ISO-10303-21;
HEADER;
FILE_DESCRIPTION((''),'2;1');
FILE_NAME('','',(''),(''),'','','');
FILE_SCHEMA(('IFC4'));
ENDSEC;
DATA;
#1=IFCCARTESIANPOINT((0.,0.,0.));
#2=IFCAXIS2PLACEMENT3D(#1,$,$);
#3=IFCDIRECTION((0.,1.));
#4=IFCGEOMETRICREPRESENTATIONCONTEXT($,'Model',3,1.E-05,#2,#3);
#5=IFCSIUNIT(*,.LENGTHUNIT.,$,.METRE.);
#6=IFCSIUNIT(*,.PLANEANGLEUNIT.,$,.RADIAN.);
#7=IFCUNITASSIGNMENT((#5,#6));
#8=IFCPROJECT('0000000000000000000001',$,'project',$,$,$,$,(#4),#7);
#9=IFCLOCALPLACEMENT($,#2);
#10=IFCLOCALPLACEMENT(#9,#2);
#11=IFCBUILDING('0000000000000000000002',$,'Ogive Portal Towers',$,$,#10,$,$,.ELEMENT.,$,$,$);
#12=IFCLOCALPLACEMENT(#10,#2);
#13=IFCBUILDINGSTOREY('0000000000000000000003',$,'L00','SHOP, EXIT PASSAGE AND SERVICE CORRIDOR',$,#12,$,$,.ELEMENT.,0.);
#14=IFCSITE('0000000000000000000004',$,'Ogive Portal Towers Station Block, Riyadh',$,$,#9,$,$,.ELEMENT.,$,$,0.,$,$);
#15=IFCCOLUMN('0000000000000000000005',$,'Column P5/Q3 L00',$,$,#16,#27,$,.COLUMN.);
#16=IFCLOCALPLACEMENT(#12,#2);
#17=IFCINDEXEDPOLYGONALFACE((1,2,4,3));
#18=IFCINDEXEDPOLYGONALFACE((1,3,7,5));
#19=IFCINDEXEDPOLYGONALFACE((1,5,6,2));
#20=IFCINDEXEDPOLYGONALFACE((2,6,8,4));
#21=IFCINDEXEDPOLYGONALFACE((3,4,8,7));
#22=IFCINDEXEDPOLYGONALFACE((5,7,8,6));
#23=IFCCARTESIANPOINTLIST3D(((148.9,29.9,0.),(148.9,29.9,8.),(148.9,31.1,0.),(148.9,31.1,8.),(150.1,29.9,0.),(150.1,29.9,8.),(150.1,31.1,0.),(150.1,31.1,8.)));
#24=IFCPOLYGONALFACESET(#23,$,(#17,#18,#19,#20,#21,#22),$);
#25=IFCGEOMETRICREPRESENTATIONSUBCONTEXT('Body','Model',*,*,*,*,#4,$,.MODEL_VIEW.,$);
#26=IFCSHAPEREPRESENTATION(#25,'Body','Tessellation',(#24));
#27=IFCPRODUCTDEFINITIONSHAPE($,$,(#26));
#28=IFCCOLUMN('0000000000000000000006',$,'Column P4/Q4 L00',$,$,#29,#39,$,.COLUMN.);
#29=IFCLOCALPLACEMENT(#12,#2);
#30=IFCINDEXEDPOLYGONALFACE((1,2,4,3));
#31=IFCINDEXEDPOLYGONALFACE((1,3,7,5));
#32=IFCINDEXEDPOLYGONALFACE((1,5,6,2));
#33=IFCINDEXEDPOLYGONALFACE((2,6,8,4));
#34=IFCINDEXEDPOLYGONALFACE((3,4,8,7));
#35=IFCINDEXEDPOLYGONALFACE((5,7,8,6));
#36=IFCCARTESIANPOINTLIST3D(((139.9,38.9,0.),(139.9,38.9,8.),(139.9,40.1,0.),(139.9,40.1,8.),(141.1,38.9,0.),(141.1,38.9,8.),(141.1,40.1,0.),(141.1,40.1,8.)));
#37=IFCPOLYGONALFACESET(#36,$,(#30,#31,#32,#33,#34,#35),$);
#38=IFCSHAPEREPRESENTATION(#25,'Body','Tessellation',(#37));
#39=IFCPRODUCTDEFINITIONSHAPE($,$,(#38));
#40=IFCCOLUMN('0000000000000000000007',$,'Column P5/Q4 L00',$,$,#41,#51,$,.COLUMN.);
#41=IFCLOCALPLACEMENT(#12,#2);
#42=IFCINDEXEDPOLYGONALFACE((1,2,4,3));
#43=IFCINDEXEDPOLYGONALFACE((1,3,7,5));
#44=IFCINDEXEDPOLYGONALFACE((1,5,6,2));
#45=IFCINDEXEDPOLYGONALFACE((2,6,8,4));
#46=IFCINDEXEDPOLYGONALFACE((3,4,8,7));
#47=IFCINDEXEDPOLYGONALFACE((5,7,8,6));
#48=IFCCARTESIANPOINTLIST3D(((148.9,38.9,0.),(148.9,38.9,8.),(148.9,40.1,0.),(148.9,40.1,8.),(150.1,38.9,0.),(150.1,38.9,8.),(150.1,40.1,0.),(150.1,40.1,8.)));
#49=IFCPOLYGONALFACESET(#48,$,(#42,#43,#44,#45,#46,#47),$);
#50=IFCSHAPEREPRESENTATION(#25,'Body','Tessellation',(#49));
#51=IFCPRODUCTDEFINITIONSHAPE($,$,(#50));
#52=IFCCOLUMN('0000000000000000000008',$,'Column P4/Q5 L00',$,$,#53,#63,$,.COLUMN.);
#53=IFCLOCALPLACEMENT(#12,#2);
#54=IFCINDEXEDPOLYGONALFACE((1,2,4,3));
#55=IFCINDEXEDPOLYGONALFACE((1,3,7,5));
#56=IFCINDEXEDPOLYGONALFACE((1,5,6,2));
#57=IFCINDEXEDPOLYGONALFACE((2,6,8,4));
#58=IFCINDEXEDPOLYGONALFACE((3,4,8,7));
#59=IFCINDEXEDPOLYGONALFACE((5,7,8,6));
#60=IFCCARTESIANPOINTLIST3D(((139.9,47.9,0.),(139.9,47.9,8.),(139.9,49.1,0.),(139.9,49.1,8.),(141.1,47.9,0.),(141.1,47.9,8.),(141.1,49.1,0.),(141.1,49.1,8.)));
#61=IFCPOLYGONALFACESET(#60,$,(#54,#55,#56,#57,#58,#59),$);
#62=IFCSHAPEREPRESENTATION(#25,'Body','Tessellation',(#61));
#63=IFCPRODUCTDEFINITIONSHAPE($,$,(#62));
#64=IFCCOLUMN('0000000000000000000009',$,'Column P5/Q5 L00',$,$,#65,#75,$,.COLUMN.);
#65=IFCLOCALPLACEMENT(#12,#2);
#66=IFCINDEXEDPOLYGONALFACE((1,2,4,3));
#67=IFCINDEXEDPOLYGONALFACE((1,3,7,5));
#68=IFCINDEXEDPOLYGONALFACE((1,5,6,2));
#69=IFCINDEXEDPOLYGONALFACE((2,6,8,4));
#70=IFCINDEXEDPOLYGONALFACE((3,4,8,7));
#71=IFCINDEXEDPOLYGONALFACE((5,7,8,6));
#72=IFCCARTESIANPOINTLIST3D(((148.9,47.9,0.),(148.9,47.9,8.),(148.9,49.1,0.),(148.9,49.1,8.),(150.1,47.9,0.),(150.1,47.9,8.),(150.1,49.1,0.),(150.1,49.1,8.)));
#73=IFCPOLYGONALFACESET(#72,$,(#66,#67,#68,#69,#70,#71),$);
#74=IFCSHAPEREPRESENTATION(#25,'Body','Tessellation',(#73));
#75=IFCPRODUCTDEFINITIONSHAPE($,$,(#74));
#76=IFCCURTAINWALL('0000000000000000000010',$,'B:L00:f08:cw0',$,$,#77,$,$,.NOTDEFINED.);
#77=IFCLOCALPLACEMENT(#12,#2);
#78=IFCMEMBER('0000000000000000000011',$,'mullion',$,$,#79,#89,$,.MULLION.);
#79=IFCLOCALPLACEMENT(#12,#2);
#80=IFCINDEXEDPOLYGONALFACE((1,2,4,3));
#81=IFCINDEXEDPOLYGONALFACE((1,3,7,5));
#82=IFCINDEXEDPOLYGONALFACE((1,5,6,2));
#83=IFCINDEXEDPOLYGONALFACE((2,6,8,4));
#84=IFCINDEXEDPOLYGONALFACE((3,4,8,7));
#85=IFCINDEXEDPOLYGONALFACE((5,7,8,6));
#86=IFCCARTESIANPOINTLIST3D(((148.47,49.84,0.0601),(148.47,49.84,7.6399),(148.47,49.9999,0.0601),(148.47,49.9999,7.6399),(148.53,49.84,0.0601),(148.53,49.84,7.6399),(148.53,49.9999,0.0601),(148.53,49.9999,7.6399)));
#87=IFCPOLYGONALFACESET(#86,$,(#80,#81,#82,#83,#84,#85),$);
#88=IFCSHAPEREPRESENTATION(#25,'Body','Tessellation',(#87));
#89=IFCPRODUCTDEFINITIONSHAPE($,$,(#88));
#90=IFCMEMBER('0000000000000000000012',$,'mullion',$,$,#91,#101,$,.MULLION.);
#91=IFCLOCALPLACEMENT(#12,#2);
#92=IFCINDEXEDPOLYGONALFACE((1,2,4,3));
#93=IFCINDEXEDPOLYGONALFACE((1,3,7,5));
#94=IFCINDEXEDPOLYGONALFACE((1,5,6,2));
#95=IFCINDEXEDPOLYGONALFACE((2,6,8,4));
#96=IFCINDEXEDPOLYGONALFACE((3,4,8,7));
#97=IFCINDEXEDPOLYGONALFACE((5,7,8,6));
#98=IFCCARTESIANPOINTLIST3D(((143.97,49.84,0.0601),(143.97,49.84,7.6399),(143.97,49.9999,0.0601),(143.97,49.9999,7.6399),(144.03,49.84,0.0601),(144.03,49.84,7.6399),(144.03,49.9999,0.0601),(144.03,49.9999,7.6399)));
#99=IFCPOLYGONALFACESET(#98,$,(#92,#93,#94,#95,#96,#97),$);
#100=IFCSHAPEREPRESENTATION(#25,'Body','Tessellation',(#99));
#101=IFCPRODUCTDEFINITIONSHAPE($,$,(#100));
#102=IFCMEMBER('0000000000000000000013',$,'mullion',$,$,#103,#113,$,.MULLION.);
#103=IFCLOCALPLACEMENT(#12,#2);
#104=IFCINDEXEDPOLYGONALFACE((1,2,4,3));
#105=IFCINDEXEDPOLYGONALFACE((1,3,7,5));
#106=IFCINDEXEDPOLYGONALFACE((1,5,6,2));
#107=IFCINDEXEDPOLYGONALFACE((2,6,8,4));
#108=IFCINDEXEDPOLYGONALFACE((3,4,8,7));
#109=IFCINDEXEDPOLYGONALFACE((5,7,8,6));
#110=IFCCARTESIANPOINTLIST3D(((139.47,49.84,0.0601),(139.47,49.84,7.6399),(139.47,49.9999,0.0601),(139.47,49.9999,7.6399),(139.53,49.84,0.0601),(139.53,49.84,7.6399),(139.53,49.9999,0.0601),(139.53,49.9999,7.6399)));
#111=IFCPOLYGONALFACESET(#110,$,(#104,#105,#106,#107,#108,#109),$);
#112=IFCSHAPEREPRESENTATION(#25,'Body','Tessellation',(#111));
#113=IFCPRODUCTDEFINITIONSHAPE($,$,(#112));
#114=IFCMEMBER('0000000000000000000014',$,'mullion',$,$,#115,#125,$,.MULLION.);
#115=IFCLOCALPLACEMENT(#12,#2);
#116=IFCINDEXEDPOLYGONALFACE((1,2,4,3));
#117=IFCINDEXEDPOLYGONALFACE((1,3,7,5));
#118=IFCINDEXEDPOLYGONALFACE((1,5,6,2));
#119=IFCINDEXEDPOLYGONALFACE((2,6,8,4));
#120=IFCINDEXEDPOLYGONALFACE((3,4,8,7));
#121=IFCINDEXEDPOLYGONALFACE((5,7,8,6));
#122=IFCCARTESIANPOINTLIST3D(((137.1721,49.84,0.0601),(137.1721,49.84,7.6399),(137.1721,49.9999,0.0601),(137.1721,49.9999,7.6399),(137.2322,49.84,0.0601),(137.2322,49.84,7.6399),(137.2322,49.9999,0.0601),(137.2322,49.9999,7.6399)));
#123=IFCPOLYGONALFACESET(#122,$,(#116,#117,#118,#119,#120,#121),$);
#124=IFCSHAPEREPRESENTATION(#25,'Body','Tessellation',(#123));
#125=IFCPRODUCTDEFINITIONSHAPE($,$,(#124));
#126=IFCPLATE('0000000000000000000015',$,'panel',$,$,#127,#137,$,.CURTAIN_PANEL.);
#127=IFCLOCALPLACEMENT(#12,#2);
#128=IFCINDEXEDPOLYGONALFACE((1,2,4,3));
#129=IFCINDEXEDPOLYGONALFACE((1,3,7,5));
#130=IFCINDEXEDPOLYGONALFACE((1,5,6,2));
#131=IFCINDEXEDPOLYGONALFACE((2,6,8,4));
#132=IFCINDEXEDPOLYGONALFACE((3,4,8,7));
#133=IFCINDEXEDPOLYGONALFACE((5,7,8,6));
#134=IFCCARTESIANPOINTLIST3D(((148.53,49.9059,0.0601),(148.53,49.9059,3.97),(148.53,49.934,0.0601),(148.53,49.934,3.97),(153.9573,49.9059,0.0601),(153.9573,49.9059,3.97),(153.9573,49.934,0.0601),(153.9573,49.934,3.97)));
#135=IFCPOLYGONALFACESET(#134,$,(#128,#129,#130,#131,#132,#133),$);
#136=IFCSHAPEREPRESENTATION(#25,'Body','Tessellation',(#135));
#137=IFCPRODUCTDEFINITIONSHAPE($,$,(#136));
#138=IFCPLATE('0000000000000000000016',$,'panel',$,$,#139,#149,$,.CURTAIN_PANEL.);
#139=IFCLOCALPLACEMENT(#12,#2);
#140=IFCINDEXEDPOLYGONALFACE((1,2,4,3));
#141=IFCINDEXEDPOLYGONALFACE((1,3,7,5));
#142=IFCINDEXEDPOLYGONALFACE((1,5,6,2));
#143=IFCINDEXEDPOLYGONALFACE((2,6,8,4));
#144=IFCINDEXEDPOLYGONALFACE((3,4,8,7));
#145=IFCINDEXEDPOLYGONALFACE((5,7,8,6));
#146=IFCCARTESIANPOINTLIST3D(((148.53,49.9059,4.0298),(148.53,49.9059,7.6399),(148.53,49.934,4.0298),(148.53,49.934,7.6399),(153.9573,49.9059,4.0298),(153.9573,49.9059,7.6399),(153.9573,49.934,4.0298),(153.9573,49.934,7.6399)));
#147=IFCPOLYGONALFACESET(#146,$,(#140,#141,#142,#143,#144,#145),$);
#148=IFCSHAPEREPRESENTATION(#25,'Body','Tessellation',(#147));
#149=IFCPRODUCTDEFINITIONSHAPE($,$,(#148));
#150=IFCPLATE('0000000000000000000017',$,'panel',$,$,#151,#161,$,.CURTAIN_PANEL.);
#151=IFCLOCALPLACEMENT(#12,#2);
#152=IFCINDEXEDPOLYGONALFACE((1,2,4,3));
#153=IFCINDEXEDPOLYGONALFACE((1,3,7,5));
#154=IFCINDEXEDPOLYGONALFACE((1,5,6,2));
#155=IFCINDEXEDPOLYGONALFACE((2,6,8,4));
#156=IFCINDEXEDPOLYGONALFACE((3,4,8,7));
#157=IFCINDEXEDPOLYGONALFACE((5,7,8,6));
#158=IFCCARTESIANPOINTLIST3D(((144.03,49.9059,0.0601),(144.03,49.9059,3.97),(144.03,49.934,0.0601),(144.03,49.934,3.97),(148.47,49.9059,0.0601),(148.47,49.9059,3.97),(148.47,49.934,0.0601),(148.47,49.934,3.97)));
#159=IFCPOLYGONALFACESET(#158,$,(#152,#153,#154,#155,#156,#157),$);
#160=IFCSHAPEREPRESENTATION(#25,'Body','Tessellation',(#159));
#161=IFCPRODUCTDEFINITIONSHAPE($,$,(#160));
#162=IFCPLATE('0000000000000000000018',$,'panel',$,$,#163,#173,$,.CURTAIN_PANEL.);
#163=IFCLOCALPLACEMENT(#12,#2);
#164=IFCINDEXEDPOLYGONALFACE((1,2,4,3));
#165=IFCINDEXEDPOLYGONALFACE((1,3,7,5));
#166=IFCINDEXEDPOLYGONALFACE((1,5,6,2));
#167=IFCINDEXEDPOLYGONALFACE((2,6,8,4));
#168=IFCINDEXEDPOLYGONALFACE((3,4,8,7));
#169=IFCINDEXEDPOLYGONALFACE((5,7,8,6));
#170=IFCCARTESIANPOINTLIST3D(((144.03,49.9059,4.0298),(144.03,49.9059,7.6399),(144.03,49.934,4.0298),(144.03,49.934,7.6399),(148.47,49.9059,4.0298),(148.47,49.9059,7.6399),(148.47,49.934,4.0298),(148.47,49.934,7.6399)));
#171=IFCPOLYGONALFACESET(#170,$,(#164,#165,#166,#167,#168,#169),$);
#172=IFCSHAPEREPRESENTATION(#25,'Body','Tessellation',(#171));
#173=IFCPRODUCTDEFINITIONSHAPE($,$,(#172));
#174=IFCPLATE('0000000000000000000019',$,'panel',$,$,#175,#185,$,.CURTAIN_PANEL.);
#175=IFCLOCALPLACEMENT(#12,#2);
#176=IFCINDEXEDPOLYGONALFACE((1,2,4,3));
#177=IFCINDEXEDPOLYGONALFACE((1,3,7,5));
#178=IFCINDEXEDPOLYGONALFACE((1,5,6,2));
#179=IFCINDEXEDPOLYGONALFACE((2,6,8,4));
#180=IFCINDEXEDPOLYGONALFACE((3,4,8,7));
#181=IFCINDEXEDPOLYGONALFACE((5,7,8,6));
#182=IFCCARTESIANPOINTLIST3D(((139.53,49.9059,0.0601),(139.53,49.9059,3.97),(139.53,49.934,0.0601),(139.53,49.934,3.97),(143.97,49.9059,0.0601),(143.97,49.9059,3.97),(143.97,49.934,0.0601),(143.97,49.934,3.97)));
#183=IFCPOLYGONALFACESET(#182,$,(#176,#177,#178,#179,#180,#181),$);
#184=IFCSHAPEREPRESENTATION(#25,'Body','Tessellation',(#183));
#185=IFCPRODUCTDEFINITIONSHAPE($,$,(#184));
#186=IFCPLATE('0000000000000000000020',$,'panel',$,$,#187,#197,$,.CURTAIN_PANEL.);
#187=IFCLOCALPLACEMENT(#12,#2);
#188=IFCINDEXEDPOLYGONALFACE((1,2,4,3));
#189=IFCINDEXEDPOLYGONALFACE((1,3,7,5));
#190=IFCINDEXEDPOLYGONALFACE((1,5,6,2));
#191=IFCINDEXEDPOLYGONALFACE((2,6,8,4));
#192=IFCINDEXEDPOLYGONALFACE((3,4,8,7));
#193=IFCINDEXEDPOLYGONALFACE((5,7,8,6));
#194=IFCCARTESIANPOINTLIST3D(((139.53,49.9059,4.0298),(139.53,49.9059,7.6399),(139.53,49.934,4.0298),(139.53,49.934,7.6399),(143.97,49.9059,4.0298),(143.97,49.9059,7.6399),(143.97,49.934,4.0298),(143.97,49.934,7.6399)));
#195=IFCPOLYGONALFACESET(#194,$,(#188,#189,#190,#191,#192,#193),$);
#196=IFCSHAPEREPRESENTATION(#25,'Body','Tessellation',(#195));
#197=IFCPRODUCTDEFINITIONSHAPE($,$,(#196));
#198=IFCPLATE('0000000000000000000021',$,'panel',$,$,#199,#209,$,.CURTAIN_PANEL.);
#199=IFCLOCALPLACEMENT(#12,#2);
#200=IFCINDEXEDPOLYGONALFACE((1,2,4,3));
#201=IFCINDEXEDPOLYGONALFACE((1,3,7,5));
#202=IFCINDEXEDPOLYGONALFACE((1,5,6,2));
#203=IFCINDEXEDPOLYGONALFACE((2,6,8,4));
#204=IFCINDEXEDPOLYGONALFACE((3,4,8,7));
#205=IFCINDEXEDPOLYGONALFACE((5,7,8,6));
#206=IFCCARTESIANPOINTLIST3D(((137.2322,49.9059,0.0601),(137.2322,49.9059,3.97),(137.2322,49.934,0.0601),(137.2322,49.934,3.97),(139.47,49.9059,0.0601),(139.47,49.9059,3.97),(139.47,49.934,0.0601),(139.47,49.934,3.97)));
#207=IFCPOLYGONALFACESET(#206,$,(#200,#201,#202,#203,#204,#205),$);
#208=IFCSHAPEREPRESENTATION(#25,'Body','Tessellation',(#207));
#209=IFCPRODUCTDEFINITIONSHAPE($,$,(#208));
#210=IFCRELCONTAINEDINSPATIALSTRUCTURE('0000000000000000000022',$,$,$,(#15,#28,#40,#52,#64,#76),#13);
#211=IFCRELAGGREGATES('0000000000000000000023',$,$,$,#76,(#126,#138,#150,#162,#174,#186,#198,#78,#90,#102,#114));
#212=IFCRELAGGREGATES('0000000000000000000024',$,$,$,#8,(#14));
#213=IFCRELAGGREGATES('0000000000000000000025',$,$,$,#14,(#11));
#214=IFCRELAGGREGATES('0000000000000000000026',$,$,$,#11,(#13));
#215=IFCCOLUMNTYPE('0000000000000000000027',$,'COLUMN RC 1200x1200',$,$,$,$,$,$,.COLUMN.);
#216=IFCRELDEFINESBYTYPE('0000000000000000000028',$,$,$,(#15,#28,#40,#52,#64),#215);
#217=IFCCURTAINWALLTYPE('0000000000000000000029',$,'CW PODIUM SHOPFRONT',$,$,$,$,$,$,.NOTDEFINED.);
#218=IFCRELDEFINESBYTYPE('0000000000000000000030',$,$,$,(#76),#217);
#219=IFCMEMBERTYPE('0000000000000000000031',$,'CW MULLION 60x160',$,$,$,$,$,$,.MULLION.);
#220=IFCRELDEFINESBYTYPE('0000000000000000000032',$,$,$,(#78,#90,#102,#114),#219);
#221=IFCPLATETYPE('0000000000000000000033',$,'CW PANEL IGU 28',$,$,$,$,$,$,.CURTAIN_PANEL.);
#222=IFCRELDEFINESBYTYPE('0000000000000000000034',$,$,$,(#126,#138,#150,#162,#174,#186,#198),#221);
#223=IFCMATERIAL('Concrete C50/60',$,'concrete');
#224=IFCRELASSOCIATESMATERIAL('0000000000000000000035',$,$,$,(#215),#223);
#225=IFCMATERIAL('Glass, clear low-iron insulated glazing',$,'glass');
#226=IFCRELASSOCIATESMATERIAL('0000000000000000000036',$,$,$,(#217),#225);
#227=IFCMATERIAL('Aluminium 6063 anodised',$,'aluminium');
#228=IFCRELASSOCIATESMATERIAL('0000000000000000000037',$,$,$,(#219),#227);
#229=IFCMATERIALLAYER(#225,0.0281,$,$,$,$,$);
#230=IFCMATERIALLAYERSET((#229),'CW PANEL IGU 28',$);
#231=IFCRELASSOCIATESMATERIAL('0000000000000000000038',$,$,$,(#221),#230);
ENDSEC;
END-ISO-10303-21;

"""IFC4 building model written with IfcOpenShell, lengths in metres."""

from ifc_helpers import new_model, si_unit, direction, frame, origin, origin_2d, place, context, subcontext, project, spatial, rectangle, extrude, material, layer, layer_set, material_profile, profile_set, type_object, element, aggregate, save


model = new_model("IFC4")

# Units and contexts
model_context = context("Model", 3, precision=1e-05, world=origin(), true_north=direction((0.0, 1.0)))
body_context = subcontext(model_context, "Body", "Model", "MODEL_VIEW")
ifc_project = project(units=[si_unit("LENGTHUNIT", "METRE"), si_unit("PLANEANGLEUNIT", "RADIAN")], contexts=[model_context])

# Site, building, storey
site_placement = place(None, origin())
site = spatial("IfcSite", under=ifc_project, at=site_placement, Name="Ogive Portal Towers Station Block, Riyadh", CompositionType="ELEMENT", RefElevation=0.0)
building_placement = place(site_placement, origin())
building = spatial("IfcBuilding", under=site, at=building_placement, Name="Ogive Portal Towers", CompositionType="ELEMENT")
storey_placement = place(building_placement, origin())
storey = spatial("IfcBuildingStorey", under=building, at=storey_placement, Name="L00", Description="SHOP, EXIT PASSAGE AND SERVICE CORRIDOR", CompositionType="ELEMENT", Elevation=0.0)

# Columns
ifc_material_1 = material(Name="Concrete C50/60", Category="concrete")
ifc_material_profile_1 = material_profile(ifc_material_1, rectangle(XDim=1.2, YDim=1.2, at=origin_2d()), Name="RC 1200x1200")
ifc_profile_set_1 = profile_set([ifc_material_profile_1], Name="Concrete C50/60")
column_type = type_object("IfcColumnType", Name="COLUMN RC 1200x1200", PredefinedType="COLUMN", material=ifc_profile_set_1)
for number, where, z_axis, x_axis, name in (
    (1, (149.5, 30.5, 0.0), (0.0, 0.0, 1.0), (1.0, 0.0, 0.0), "Column P5/Q3 L00"),
    (2, (140.5, 39.5, 0.0), (0.0, 0.0, 1.0), (1.0, 0.0, 0.0), "Column P4/Q4 L00"),
    (3, (149.5, 39.5, 0.0), (0.0, 0.0, 1.0), (1.0, 0.0, 0.0), "Column P5/Q4 L00"),
    (4, (140.5, 48.5, 0.0), (0.0, 0.0, 1.0), (1.0, 0.0, 0.0), "Column P4/Q5 L00"),
    (5, (149.5, 48.5, 0.0), (0.0, 0.0, 1.0), (1.0, 0.0, 0.0), "Column P5/Q5 L00"),
):
    element("IfcColumn", number, at=place(storey_placement, frame(where, z_axis=z_axis, x_axis=x_axis)), inside=storey, type_object=column_type, Name=name, PredefinedType="COLUMN", context=body_context, shape_type="SweptSolid", body=[
        extrude(rectangle(XDim=1.2, YDim=1.2, at=origin_2d()), origin(), (0.0, 0.0, 1.0), 8.0),
    ])

# Curtain wall, members, plates
ifc_material_2 = material(Name="Glass, clear low-iron insulated glazing", Category="glass")
curtain_wall_type = type_object("IfcCurtainWallType", Name="CW PODIUM SHOPFRONT", PredefinedType="NOTDEFINED", material=ifc_material_2)
curtain_wall_placement = place(storey_placement, origin())
curtain_wall = element("IfcCurtainWall", 6, at=curtain_wall_placement, inside=storey, type_object=curtain_wall_type, Name="B:L00:f08:cw0", PredefinedType="NOTDEFINED")
ifc_material_3 = material(Name="Aluminium 6063 anodised", Category="aluminium")
ifc_material_profile_2 = material_profile(ifc_material_3, rectangle(XDim=0.1599, YDim=0.0601, at=origin_2d()), Name="AL 60x160")
ifc_profile_set_2 = profile_set([ifc_material_profile_2], Name="Aluminium 6063 anodised")
member_type = type_object("IfcMemberType", Name="CW MULLION 60x160", PredefinedType="MULLION", material=ifc_profile_set_2)
member_1_placement = place(storey_placement, frame((148.5, 49.9199, 0.0601), z_axis=(0.0, 0.0, 1.0), x_axis=(0.0, -1.0, 0.0)))
member_1 = element("IfcMember", 7, at=member_1_placement, type_object=member_type, Name="mullion", PredefinedType="MULLION", context=body_context, shape_type="SweptSolid", body=[
    extrude(rectangle(XDim=0.1599, YDim=0.0601, at=origin_2d()), origin(), (0.0, 0.0, 1.0), 7.5798),
])
member_2_placement = place(storey_placement, frame((144.0, 49.9199, 0.0601), z_axis=(0.0, 0.0, 1.0), x_axis=(0.0, -1.0, 0.0)))
member_2 = element("IfcMember", 8, at=member_2_placement, type_object=member_type, Name="mullion", PredefinedType="MULLION", context=body_context, shape_type="SweptSolid", body=[
    extrude(rectangle(XDim=0.1599, YDim=0.0601, at=origin_2d()), origin(), (0.0, 0.0, 1.0), 7.5798),
])
member_3_placement = place(storey_placement, frame((139.5, 49.9199, 0.0601), z_axis=(0.0, 0.0, 1.0), x_axis=(0.0, -1.0, 0.0)))
member_3 = element("IfcMember", 9, at=member_3_placement, type_object=member_type, Name="mullion", PredefinedType="MULLION", context=body_context, shape_type="SweptSolid", body=[
    extrude(rectangle(XDim=0.1599, YDim=0.0601, at=origin_2d()), origin(), (0.0, 0.0, 1.0), 7.5798),
])
member_4_placement = place(storey_placement, frame((137.2021, 49.9199, 0.0601), z_axis=(0.0, 0.0, 1.0), x_axis=(0.0, -1.0, 0.0)))
member_4 = element("IfcMember", 10, at=member_4_placement, type_object=member_type, Name="mullion", PredefinedType="MULLION", context=body_context, shape_type="SweptSolid", body=[
    extrude(rectangle(XDim=0.1599, YDim=0.0601, at=origin_2d()), origin(), (0.0, 0.0, 1.0), 7.5798),
])
ifc_layer_1 = layer(ifc_material_2, 0.0281)
ifc_layer_set_1 = layer_set([ifc_layer_1], Name="CW PANEL IGU 28")
plate_type = type_object("IfcPlateType", Name="CW PANEL IGU 28", PredefinedType="CURTAIN_PANEL", material=ifc_layer_set_1)
plate_1_placement = place(storey_placement, frame((151.2437, 49.9199, 0.0601), z_axis=(0.0, 0.0, 1.0), x_axis=(-1.0, 0.0, 0.0)))
plate_1 = element("IfcPlate", 11, at=plate_1_placement, type_object=plate_type, Name="panel", PredefinedType="CURTAIN_PANEL", context=body_context, shape_type="SweptSolid", body=[
    extrude(rectangle(XDim=5.4272, YDim=0.0281, at=origin_2d()), origin(), (0.0, 0.0, 1.0), 3.9099),
])
plate_2_placement = place(storey_placement, frame((151.2437, 49.9199, 4.0298), z_axis=(0.0, 0.0, 1.0), x_axis=(-1.0, 0.0, 0.0)))
plate_2 = element("IfcPlate", 12, at=plate_2_placement, type_object=plate_type, Name="panel", PredefinedType="CURTAIN_PANEL", context=body_context, shape_type="SweptSolid", body=[
    extrude(rectangle(XDim=5.4272, YDim=0.0281, at=origin_2d()), origin(), (0.0, 0.0, 1.0), 3.6101),
])
plate_3_placement = place(storey_placement, frame((146.25, 49.9199, 0.0601), z_axis=(0.0, 0.0, 1.0), x_axis=(-1.0, 0.0, 0.0)))
plate_3 = element("IfcPlate", 13, at=plate_3_placement, type_object=plate_type, Name="panel", PredefinedType="CURTAIN_PANEL", context=body_context, shape_type="SweptSolid", body=[
    extrude(rectangle(XDim=4.4399, YDim=0.0281, at=origin_2d()), origin(), (0.0, 0.0, 1.0), 3.9099),
])
plate_4_placement = place(storey_placement, frame((146.25, 49.9199, 4.0298), z_axis=(0.0, 0.0, 1.0), x_axis=(-1.0, 0.0, 0.0)))
plate_4 = element("IfcPlate", 14, at=plate_4_placement, type_object=plate_type, Name="panel", PredefinedType="CURTAIN_PANEL", context=body_context, shape_type="SweptSolid", body=[
    extrude(rectangle(XDim=4.4399, YDim=0.0281, at=origin_2d()), origin(), (0.0, 0.0, 1.0), 3.6101),
])
plate_5_placement = place(storey_placement, frame((141.75, 49.9199, 0.0601), z_axis=(0.0, 0.0, 1.0), x_axis=(-1.0, 0.0, 0.0)))
plate_5 = element("IfcPlate", 15, at=plate_5_placement, type_object=plate_type, Name="panel", PredefinedType="CURTAIN_PANEL", context=body_context, shape_type="SweptSolid", body=[
    extrude(rectangle(XDim=4.4399, YDim=0.0281, at=origin_2d()), origin(), (0.0, 0.0, 1.0), 3.9099),
])
plate_6_placement = place(storey_placement, frame((141.75, 49.9199, 4.0298), z_axis=(0.0, 0.0, 1.0), x_axis=(-1.0, 0.0, 0.0)))
plate_6 = element("IfcPlate", 16, at=plate_6_placement, type_object=plate_type, Name="panel", PredefinedType="CURTAIN_PANEL", context=body_context, shape_type="SweptSolid", body=[
    extrude(rectangle(XDim=4.4399, YDim=0.0281, at=origin_2d()), origin(), (0.0, 0.0, 1.0), 3.6101),
])
plate_7_placement = place(storey_placement, frame((138.3511, 49.9199, 0.0601), z_axis=(0.0, 0.0, 1.0), x_axis=(-1.0, 0.0, 0.0)))
plate_7 = element("IfcPlate", 17, at=plate_7_placement, type_object=plate_type, Name="panel", PredefinedType="CURTAIN_PANEL", context=body_context, shape_type="SweptSolid", body=[
    extrude(rectangle(XDim=2.2378, YDim=0.0281, at=origin_2d()), origin(), (0.0, 0.0, 1.0), 3.9099),
])
aggregate(curtain_wall, [plate_1, plate_2, plate_3, plate_4, plate_5, plate_6, plate_7, member_1, member_2, member_3, member_4])

save(model, "model.ifc")
